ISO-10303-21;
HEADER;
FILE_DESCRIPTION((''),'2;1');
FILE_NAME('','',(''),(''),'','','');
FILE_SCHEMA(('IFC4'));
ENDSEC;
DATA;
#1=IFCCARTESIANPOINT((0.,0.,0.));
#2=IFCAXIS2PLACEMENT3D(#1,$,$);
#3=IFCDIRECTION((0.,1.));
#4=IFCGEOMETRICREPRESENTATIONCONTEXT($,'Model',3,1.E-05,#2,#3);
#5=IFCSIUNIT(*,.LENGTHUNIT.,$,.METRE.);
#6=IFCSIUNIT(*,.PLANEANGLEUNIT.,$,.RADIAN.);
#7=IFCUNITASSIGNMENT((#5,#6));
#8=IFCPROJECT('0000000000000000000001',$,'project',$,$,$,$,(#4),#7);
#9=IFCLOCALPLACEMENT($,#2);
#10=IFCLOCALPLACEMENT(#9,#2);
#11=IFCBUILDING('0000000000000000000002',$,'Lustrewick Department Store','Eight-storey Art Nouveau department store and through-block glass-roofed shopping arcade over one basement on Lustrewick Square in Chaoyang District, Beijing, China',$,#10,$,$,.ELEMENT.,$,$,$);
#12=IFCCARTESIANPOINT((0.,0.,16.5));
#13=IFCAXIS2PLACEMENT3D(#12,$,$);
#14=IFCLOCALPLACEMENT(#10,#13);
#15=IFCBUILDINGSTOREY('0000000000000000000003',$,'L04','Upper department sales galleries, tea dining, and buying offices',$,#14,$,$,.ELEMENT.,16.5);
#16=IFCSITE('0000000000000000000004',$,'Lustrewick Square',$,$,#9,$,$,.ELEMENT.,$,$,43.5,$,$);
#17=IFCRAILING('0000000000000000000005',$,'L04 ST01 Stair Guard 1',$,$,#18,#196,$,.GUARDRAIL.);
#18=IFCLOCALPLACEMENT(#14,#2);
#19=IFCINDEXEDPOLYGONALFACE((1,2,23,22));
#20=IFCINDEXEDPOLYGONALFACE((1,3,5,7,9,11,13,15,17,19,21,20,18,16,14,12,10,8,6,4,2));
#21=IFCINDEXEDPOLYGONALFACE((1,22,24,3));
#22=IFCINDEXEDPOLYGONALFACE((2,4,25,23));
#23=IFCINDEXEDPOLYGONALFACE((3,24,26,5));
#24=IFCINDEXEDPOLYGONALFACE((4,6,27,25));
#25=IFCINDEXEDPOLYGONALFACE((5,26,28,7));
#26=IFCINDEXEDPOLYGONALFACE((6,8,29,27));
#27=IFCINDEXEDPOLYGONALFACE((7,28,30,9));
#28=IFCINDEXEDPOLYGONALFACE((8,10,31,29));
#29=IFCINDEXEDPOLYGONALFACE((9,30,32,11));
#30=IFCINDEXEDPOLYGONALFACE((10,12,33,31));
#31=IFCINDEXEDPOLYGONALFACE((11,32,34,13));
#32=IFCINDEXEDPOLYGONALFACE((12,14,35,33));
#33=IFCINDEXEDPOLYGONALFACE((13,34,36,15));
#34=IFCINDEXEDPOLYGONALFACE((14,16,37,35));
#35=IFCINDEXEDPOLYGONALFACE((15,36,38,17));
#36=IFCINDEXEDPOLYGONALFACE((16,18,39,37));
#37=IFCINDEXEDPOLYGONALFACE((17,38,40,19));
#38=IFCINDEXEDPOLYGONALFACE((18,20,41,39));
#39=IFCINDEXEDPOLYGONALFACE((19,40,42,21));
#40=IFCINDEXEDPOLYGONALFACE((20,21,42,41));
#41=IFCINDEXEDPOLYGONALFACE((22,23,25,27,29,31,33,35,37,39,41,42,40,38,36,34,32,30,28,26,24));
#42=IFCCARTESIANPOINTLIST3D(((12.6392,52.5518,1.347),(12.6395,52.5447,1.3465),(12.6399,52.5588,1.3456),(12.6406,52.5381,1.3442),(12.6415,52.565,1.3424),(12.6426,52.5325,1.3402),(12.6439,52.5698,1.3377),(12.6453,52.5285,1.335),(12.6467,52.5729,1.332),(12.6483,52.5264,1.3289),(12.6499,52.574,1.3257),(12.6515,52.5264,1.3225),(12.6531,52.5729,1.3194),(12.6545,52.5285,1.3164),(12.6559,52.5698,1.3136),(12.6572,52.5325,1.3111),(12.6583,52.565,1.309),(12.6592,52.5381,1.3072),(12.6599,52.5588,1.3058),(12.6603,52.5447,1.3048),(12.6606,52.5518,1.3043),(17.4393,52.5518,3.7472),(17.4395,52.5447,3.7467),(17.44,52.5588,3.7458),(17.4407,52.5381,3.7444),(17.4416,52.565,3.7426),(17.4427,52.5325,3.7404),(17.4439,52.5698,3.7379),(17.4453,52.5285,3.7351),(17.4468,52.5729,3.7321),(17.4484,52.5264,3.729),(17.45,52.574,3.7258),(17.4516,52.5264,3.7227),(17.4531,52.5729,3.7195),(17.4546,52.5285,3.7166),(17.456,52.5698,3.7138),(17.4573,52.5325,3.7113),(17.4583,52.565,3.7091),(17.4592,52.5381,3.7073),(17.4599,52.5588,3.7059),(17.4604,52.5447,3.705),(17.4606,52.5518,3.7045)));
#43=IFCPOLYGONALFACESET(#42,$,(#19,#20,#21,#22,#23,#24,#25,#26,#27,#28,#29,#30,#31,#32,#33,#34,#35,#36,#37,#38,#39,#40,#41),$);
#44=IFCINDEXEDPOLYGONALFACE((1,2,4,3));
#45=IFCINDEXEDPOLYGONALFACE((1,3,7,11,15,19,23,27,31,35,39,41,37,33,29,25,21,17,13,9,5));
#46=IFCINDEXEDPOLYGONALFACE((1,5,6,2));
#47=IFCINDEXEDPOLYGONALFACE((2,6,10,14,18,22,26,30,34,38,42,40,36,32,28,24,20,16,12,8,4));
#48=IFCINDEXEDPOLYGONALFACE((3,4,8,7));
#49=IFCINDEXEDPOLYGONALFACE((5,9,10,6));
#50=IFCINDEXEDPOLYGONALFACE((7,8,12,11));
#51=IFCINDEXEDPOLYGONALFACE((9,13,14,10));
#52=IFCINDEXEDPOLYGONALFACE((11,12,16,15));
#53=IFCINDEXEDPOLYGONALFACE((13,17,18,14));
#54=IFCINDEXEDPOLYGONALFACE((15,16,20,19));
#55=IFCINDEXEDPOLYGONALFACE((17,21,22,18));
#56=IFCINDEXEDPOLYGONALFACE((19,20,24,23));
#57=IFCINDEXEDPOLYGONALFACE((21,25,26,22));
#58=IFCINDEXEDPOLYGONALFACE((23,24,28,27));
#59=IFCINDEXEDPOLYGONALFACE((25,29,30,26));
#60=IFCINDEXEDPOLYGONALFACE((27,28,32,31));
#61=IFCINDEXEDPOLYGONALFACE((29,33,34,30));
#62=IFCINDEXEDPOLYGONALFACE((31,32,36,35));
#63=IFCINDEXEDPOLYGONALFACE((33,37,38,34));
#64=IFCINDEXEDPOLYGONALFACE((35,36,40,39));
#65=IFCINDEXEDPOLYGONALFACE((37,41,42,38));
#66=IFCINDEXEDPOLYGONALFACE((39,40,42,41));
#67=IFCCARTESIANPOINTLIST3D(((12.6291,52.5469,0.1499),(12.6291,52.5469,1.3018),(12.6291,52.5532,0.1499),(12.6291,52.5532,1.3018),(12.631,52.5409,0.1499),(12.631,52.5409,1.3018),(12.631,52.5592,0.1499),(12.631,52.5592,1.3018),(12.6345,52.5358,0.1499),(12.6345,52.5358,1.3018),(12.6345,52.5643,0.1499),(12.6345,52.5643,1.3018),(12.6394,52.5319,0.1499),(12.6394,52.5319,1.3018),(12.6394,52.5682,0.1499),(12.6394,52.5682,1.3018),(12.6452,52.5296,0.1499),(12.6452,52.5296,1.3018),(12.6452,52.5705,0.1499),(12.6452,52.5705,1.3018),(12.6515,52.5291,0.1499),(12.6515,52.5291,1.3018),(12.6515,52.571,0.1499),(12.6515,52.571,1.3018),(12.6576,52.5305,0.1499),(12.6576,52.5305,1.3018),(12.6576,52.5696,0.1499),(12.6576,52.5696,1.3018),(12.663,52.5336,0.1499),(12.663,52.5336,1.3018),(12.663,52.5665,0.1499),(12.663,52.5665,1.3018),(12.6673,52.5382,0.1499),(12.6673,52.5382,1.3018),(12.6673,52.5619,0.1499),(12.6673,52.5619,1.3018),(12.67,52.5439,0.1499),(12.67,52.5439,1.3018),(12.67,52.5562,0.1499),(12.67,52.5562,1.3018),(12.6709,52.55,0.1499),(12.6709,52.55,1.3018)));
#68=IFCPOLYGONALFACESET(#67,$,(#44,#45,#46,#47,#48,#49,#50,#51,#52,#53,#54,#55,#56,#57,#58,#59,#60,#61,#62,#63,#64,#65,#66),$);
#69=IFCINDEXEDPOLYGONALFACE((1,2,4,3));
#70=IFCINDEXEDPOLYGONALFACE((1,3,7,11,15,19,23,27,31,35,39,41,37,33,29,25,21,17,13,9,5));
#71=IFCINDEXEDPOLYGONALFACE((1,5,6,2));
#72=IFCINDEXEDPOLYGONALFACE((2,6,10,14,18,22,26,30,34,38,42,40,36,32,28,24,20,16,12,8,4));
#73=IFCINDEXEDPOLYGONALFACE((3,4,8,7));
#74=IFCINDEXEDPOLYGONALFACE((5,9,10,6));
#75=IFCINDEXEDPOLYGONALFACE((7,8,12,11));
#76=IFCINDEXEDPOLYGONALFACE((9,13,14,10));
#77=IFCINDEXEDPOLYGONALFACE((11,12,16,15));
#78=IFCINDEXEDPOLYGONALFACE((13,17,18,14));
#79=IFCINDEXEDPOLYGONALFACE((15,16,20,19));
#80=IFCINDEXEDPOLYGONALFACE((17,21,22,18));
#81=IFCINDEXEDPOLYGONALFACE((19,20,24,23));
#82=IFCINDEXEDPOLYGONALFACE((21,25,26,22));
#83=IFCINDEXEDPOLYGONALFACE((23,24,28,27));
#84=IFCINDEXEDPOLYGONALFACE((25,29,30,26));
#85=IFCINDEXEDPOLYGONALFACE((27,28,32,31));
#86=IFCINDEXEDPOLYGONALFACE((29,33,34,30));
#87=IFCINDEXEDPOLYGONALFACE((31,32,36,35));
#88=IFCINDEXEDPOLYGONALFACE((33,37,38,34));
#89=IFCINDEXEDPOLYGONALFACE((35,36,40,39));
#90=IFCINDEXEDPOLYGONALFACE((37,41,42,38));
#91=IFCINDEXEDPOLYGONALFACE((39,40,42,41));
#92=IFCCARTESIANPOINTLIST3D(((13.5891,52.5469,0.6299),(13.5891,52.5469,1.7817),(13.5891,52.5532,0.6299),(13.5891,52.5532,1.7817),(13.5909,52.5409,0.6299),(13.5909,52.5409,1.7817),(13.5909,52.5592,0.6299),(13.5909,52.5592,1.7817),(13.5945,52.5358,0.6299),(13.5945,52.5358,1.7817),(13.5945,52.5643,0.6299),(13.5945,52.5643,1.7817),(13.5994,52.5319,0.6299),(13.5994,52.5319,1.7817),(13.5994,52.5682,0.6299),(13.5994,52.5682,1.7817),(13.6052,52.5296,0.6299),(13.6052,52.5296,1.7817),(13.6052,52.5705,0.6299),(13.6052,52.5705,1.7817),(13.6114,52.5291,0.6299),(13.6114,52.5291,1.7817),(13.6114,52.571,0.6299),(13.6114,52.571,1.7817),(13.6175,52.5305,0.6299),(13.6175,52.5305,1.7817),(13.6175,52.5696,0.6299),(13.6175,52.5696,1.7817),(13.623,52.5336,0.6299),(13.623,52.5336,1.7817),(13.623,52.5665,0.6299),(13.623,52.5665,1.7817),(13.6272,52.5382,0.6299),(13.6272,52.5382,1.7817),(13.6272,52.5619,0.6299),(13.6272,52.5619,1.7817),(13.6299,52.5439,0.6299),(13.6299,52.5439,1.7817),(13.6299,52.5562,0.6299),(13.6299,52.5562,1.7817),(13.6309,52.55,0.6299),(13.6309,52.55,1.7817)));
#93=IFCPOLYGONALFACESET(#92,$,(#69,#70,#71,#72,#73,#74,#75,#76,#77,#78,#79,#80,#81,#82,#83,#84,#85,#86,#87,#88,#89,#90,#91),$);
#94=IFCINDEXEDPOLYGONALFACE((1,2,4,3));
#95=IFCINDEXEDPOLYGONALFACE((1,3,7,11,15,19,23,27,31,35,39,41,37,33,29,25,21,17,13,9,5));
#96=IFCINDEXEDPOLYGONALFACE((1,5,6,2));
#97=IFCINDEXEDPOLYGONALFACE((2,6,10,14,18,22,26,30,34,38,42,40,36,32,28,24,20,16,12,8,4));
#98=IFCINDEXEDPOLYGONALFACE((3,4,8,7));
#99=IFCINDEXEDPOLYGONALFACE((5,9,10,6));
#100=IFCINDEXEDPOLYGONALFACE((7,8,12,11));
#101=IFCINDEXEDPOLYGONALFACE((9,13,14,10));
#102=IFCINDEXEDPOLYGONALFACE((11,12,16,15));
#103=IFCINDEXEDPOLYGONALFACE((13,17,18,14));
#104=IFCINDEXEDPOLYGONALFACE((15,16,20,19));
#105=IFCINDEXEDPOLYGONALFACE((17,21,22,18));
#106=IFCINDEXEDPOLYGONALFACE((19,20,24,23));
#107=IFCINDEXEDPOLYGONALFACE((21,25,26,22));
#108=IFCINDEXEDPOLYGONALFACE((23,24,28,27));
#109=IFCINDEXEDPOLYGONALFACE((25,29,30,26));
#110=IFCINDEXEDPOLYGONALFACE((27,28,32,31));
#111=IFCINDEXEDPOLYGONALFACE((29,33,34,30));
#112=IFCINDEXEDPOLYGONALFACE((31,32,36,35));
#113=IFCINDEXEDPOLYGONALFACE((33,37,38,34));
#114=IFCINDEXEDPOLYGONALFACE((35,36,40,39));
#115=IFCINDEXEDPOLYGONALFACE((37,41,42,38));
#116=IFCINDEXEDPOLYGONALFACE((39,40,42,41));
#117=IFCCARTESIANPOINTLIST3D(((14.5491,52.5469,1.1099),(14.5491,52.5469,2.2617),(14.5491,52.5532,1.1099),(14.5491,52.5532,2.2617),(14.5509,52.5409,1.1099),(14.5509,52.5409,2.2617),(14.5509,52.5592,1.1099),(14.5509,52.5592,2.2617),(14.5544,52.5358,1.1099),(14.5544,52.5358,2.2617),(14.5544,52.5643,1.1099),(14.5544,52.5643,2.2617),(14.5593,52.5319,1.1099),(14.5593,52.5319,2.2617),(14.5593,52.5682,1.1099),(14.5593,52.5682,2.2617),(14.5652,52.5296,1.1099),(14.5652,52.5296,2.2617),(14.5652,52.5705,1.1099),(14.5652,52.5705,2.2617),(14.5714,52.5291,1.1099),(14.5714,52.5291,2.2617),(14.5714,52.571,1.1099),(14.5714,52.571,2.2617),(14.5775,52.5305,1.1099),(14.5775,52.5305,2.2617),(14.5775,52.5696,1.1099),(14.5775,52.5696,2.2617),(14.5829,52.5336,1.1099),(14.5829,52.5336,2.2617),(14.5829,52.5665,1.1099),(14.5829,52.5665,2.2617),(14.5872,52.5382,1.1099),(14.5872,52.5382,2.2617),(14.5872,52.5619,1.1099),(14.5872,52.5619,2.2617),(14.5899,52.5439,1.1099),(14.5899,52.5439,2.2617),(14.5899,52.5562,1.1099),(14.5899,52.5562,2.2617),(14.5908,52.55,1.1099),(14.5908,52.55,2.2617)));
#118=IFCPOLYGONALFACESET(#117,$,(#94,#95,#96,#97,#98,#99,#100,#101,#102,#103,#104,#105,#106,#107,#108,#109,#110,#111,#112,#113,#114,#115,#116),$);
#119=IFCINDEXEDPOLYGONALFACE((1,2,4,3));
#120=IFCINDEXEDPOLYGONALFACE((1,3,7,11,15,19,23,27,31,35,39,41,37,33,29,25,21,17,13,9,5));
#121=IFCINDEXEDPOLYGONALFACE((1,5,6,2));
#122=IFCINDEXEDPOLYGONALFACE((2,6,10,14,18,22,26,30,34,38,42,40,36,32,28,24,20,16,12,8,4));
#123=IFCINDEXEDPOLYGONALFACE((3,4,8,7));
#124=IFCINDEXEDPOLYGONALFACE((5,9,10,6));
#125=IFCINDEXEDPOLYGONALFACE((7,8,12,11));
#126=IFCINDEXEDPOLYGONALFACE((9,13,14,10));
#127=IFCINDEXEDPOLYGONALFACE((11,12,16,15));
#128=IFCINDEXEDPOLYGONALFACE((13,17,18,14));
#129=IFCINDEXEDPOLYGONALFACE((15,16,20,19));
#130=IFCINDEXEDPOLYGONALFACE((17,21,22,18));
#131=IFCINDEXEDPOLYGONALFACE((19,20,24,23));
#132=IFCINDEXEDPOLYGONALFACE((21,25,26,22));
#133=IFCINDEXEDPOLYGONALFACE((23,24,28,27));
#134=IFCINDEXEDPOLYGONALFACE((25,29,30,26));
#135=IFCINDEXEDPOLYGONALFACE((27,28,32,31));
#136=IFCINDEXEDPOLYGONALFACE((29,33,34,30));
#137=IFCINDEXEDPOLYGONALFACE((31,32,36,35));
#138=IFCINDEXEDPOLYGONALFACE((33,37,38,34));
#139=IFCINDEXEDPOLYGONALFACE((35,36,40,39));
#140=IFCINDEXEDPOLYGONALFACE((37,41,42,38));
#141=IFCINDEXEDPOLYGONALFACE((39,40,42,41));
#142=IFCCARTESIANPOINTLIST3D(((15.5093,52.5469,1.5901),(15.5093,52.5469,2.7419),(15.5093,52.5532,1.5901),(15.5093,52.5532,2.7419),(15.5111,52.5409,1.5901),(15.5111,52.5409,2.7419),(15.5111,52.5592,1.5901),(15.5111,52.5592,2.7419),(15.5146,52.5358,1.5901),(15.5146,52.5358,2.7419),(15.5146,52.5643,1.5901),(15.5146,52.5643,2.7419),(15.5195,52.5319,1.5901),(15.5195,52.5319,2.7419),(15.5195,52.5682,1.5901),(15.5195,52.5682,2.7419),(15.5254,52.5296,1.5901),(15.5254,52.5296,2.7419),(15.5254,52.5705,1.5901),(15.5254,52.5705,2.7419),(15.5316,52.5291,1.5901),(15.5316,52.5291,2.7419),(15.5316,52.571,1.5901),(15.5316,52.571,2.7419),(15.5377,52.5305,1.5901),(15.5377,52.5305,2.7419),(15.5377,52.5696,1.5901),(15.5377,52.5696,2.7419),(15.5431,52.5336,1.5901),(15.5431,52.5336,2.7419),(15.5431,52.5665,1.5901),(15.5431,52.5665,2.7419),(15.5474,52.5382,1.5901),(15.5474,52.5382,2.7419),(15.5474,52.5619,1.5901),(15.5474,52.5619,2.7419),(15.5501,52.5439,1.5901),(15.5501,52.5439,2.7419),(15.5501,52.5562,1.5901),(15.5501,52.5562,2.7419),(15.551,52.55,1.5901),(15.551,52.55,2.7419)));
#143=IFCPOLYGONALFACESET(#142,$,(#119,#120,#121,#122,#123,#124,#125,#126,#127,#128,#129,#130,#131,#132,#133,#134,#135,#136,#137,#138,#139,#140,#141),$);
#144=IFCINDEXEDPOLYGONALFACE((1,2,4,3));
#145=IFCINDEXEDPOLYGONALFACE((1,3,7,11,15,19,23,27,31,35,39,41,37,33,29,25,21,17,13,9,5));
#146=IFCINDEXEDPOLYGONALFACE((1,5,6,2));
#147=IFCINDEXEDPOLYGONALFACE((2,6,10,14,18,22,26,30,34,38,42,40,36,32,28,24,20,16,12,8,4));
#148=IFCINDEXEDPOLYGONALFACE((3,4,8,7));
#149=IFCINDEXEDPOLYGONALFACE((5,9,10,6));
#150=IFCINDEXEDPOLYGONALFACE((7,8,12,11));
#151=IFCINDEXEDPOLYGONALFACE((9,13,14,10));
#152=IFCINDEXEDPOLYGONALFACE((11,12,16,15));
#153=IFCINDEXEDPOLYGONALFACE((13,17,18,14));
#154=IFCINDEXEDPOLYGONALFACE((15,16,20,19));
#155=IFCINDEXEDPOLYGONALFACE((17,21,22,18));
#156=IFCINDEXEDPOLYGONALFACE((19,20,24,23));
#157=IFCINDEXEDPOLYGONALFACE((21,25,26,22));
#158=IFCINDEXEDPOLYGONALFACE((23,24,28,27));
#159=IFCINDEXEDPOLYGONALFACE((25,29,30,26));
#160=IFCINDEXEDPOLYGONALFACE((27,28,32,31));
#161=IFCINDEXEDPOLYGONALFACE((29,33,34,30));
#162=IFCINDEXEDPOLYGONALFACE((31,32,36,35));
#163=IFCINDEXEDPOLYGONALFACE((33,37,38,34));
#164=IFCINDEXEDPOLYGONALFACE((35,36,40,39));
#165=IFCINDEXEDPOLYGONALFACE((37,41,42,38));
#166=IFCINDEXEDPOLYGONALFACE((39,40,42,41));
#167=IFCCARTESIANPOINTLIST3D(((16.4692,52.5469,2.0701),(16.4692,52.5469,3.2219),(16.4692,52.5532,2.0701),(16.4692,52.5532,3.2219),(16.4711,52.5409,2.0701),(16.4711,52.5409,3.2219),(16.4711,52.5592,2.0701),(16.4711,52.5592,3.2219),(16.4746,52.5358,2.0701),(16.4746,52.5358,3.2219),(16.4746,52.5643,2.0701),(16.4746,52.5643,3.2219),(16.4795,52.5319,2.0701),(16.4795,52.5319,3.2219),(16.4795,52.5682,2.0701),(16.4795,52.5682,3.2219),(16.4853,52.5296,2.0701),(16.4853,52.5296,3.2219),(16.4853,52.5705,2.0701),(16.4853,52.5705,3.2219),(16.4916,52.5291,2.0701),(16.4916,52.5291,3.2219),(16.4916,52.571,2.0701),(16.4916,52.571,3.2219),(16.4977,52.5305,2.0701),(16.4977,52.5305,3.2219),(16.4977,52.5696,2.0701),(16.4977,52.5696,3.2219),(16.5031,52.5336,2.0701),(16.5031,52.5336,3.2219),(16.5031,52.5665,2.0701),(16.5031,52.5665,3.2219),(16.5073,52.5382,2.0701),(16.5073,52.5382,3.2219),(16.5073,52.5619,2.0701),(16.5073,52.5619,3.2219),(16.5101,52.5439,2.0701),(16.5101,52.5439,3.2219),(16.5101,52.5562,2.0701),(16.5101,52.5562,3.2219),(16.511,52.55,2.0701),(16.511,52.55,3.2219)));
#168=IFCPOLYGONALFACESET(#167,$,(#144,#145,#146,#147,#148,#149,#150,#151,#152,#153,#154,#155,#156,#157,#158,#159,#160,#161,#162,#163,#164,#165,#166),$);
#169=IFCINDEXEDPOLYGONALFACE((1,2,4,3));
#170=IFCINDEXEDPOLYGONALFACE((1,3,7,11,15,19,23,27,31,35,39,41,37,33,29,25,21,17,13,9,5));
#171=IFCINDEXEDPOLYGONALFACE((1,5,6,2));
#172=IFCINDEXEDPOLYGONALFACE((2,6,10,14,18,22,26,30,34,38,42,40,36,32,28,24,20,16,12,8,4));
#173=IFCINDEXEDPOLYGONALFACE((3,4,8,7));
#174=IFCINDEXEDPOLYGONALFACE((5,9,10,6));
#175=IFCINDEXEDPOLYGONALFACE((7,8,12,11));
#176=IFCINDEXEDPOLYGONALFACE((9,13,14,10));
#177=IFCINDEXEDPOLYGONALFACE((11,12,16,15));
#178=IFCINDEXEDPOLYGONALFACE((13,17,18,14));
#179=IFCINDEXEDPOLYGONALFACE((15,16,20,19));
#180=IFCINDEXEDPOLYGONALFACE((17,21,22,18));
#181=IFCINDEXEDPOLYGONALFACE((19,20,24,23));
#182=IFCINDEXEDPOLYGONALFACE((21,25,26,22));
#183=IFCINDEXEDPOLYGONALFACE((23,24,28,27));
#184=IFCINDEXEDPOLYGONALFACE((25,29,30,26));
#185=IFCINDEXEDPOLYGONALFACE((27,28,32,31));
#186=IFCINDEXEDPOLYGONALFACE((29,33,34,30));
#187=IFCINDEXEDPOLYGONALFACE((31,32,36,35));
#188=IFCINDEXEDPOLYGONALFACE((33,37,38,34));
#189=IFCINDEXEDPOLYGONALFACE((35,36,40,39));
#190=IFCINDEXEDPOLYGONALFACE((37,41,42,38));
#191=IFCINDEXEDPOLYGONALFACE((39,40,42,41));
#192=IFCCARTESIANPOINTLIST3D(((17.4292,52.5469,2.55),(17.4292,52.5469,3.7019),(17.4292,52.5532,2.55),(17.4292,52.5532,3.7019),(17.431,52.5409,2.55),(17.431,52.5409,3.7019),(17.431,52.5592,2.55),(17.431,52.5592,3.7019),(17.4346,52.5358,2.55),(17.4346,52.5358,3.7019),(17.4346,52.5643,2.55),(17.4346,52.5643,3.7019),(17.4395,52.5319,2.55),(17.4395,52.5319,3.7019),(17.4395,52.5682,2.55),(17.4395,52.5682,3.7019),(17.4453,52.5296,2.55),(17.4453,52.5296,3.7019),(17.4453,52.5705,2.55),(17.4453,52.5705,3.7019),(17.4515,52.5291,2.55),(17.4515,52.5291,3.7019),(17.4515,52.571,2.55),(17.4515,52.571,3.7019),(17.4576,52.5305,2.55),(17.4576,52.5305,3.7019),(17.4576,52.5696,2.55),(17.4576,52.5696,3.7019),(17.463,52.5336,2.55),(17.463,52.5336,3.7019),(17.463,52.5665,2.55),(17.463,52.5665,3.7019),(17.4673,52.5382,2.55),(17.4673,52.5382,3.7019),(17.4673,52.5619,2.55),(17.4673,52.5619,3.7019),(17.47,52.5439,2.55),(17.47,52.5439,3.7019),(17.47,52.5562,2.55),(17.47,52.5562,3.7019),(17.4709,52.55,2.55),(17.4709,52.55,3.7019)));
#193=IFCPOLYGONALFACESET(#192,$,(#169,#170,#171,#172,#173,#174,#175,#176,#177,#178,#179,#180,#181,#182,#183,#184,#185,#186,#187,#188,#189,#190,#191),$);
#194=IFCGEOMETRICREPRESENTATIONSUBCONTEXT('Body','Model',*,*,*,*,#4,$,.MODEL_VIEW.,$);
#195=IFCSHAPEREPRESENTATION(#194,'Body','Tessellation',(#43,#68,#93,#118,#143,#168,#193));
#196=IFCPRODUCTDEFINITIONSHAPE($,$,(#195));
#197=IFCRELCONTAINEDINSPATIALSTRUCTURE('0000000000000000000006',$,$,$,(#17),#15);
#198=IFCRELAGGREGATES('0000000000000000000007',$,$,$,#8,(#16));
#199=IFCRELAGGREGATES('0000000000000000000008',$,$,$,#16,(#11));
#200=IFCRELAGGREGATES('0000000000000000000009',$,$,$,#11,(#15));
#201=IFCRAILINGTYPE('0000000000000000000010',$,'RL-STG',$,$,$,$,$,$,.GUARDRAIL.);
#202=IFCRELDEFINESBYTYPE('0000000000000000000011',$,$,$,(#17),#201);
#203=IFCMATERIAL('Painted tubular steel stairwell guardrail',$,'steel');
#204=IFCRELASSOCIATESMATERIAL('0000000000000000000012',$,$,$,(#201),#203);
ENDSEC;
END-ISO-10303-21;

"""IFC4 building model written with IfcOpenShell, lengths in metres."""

from ifc_helpers import new_model, si_unit, direction, frame, origin, origin_2d, place, context, subcontext, project, spatial, circle, extrude, material, type_object, element, save


model = new_model("IFC4")

# Units and contexts
model_context = context("Model", 3, precision=1e-05, world=origin(), true_north=direction((0.0, 1.0)))
body_context = subcontext(model_context, "Body", "Model", "MODEL_VIEW")
ifc_project = project(units=[si_unit("LENGTHUNIT", "METRE"), si_unit("PLANEANGLEUNIT", "RADIAN")], contexts=[model_context])

# Site, building, storey
site_placement = place(None, origin())
site = spatial("IfcSite", under=ifc_project, at=site_placement, Name="Lustrewick Square", CompositionType="ELEMENT", RefElevation=43.5)
building_placement = place(site_placement, origin())
building = spatial("IfcBuilding", under=site, at=building_placement, Name="Lustrewick Department Store", Description="Eight-storey Art Nouveau department store and through-block glass-roofed shopping arcade over one basement on Lustrewick Square in Chaoyang District, Beijing, China", CompositionType="ELEMENT")
storey_placement = place(building_placement, frame((0.0, 0.0, 16.5)))
storey = spatial("IfcBuildingStorey", under=building, at=storey_placement, Name="L04", Description="Upper department sales galleries, tea dining, and buying offices", CompositionType="ELEMENT", Elevation=16.5)

# Railing
ifc_material_1 = material(Name="Painted tubular steel stairwell guardrail", Category="steel")
railing_type_1 = type_object("IfcRailingType", Name="RL-STG", PredefinedType="GUARDRAIL", material=ifc_material_1)
railing_1_placement = place(storey_placement, frame((12.6499, 52.55, 0.1499)))
element("IfcRailing", 1, at=railing_1_placement, inside=storey, type_object=railing_type_1, Name="L04 ST01 Stair Guard 1", PredefinedType="GUARDRAIL", context=body_context, shape_type="SweptSolid", body=[
    extrude(circle(Radius=0.0239, at=origin_2d()), frame((0.0, 0.0, 1.1758), z_axis=(0.894418, 0.0, 0.447232), x_axis=(0.0, 1.0, 0.0)), (0.0, 0.0, 1.0), 5.3667),
    extrude(circle(Radius=0.021, at=origin_2d()), origin(), (0.0, 0.0, 1.0), 1.1519),
    extrude(circle(Radius=0.021, at=origin_2d()), frame((0.96, 0.0, 0.48)), (0.0, 0.0, 1.0), 1.1519),
    extrude(circle(Radius=0.021, at=origin_2d()), frame((1.9199, 0.0, 0.96)), (0.0, 0.0, 1.0), 1.1519),
    extrude(circle(Radius=0.021, at=origin_2d()), frame((2.8801, 0.0, 1.4402)), (0.0, 0.0, 1.0), 1.1519),
    extrude(circle(Radius=0.021, at=origin_2d()), frame((3.8401, 0.0, 1.9202)), (0.0, 0.0, 1.0), 1.1519),
    extrude(circle(Radius=0.021, at=origin_2d()), frame((4.8, 0.0, 2.4001)), (0.0, 0.0, 1.0), 1.1519),
])

save(model, "model.ifc")
